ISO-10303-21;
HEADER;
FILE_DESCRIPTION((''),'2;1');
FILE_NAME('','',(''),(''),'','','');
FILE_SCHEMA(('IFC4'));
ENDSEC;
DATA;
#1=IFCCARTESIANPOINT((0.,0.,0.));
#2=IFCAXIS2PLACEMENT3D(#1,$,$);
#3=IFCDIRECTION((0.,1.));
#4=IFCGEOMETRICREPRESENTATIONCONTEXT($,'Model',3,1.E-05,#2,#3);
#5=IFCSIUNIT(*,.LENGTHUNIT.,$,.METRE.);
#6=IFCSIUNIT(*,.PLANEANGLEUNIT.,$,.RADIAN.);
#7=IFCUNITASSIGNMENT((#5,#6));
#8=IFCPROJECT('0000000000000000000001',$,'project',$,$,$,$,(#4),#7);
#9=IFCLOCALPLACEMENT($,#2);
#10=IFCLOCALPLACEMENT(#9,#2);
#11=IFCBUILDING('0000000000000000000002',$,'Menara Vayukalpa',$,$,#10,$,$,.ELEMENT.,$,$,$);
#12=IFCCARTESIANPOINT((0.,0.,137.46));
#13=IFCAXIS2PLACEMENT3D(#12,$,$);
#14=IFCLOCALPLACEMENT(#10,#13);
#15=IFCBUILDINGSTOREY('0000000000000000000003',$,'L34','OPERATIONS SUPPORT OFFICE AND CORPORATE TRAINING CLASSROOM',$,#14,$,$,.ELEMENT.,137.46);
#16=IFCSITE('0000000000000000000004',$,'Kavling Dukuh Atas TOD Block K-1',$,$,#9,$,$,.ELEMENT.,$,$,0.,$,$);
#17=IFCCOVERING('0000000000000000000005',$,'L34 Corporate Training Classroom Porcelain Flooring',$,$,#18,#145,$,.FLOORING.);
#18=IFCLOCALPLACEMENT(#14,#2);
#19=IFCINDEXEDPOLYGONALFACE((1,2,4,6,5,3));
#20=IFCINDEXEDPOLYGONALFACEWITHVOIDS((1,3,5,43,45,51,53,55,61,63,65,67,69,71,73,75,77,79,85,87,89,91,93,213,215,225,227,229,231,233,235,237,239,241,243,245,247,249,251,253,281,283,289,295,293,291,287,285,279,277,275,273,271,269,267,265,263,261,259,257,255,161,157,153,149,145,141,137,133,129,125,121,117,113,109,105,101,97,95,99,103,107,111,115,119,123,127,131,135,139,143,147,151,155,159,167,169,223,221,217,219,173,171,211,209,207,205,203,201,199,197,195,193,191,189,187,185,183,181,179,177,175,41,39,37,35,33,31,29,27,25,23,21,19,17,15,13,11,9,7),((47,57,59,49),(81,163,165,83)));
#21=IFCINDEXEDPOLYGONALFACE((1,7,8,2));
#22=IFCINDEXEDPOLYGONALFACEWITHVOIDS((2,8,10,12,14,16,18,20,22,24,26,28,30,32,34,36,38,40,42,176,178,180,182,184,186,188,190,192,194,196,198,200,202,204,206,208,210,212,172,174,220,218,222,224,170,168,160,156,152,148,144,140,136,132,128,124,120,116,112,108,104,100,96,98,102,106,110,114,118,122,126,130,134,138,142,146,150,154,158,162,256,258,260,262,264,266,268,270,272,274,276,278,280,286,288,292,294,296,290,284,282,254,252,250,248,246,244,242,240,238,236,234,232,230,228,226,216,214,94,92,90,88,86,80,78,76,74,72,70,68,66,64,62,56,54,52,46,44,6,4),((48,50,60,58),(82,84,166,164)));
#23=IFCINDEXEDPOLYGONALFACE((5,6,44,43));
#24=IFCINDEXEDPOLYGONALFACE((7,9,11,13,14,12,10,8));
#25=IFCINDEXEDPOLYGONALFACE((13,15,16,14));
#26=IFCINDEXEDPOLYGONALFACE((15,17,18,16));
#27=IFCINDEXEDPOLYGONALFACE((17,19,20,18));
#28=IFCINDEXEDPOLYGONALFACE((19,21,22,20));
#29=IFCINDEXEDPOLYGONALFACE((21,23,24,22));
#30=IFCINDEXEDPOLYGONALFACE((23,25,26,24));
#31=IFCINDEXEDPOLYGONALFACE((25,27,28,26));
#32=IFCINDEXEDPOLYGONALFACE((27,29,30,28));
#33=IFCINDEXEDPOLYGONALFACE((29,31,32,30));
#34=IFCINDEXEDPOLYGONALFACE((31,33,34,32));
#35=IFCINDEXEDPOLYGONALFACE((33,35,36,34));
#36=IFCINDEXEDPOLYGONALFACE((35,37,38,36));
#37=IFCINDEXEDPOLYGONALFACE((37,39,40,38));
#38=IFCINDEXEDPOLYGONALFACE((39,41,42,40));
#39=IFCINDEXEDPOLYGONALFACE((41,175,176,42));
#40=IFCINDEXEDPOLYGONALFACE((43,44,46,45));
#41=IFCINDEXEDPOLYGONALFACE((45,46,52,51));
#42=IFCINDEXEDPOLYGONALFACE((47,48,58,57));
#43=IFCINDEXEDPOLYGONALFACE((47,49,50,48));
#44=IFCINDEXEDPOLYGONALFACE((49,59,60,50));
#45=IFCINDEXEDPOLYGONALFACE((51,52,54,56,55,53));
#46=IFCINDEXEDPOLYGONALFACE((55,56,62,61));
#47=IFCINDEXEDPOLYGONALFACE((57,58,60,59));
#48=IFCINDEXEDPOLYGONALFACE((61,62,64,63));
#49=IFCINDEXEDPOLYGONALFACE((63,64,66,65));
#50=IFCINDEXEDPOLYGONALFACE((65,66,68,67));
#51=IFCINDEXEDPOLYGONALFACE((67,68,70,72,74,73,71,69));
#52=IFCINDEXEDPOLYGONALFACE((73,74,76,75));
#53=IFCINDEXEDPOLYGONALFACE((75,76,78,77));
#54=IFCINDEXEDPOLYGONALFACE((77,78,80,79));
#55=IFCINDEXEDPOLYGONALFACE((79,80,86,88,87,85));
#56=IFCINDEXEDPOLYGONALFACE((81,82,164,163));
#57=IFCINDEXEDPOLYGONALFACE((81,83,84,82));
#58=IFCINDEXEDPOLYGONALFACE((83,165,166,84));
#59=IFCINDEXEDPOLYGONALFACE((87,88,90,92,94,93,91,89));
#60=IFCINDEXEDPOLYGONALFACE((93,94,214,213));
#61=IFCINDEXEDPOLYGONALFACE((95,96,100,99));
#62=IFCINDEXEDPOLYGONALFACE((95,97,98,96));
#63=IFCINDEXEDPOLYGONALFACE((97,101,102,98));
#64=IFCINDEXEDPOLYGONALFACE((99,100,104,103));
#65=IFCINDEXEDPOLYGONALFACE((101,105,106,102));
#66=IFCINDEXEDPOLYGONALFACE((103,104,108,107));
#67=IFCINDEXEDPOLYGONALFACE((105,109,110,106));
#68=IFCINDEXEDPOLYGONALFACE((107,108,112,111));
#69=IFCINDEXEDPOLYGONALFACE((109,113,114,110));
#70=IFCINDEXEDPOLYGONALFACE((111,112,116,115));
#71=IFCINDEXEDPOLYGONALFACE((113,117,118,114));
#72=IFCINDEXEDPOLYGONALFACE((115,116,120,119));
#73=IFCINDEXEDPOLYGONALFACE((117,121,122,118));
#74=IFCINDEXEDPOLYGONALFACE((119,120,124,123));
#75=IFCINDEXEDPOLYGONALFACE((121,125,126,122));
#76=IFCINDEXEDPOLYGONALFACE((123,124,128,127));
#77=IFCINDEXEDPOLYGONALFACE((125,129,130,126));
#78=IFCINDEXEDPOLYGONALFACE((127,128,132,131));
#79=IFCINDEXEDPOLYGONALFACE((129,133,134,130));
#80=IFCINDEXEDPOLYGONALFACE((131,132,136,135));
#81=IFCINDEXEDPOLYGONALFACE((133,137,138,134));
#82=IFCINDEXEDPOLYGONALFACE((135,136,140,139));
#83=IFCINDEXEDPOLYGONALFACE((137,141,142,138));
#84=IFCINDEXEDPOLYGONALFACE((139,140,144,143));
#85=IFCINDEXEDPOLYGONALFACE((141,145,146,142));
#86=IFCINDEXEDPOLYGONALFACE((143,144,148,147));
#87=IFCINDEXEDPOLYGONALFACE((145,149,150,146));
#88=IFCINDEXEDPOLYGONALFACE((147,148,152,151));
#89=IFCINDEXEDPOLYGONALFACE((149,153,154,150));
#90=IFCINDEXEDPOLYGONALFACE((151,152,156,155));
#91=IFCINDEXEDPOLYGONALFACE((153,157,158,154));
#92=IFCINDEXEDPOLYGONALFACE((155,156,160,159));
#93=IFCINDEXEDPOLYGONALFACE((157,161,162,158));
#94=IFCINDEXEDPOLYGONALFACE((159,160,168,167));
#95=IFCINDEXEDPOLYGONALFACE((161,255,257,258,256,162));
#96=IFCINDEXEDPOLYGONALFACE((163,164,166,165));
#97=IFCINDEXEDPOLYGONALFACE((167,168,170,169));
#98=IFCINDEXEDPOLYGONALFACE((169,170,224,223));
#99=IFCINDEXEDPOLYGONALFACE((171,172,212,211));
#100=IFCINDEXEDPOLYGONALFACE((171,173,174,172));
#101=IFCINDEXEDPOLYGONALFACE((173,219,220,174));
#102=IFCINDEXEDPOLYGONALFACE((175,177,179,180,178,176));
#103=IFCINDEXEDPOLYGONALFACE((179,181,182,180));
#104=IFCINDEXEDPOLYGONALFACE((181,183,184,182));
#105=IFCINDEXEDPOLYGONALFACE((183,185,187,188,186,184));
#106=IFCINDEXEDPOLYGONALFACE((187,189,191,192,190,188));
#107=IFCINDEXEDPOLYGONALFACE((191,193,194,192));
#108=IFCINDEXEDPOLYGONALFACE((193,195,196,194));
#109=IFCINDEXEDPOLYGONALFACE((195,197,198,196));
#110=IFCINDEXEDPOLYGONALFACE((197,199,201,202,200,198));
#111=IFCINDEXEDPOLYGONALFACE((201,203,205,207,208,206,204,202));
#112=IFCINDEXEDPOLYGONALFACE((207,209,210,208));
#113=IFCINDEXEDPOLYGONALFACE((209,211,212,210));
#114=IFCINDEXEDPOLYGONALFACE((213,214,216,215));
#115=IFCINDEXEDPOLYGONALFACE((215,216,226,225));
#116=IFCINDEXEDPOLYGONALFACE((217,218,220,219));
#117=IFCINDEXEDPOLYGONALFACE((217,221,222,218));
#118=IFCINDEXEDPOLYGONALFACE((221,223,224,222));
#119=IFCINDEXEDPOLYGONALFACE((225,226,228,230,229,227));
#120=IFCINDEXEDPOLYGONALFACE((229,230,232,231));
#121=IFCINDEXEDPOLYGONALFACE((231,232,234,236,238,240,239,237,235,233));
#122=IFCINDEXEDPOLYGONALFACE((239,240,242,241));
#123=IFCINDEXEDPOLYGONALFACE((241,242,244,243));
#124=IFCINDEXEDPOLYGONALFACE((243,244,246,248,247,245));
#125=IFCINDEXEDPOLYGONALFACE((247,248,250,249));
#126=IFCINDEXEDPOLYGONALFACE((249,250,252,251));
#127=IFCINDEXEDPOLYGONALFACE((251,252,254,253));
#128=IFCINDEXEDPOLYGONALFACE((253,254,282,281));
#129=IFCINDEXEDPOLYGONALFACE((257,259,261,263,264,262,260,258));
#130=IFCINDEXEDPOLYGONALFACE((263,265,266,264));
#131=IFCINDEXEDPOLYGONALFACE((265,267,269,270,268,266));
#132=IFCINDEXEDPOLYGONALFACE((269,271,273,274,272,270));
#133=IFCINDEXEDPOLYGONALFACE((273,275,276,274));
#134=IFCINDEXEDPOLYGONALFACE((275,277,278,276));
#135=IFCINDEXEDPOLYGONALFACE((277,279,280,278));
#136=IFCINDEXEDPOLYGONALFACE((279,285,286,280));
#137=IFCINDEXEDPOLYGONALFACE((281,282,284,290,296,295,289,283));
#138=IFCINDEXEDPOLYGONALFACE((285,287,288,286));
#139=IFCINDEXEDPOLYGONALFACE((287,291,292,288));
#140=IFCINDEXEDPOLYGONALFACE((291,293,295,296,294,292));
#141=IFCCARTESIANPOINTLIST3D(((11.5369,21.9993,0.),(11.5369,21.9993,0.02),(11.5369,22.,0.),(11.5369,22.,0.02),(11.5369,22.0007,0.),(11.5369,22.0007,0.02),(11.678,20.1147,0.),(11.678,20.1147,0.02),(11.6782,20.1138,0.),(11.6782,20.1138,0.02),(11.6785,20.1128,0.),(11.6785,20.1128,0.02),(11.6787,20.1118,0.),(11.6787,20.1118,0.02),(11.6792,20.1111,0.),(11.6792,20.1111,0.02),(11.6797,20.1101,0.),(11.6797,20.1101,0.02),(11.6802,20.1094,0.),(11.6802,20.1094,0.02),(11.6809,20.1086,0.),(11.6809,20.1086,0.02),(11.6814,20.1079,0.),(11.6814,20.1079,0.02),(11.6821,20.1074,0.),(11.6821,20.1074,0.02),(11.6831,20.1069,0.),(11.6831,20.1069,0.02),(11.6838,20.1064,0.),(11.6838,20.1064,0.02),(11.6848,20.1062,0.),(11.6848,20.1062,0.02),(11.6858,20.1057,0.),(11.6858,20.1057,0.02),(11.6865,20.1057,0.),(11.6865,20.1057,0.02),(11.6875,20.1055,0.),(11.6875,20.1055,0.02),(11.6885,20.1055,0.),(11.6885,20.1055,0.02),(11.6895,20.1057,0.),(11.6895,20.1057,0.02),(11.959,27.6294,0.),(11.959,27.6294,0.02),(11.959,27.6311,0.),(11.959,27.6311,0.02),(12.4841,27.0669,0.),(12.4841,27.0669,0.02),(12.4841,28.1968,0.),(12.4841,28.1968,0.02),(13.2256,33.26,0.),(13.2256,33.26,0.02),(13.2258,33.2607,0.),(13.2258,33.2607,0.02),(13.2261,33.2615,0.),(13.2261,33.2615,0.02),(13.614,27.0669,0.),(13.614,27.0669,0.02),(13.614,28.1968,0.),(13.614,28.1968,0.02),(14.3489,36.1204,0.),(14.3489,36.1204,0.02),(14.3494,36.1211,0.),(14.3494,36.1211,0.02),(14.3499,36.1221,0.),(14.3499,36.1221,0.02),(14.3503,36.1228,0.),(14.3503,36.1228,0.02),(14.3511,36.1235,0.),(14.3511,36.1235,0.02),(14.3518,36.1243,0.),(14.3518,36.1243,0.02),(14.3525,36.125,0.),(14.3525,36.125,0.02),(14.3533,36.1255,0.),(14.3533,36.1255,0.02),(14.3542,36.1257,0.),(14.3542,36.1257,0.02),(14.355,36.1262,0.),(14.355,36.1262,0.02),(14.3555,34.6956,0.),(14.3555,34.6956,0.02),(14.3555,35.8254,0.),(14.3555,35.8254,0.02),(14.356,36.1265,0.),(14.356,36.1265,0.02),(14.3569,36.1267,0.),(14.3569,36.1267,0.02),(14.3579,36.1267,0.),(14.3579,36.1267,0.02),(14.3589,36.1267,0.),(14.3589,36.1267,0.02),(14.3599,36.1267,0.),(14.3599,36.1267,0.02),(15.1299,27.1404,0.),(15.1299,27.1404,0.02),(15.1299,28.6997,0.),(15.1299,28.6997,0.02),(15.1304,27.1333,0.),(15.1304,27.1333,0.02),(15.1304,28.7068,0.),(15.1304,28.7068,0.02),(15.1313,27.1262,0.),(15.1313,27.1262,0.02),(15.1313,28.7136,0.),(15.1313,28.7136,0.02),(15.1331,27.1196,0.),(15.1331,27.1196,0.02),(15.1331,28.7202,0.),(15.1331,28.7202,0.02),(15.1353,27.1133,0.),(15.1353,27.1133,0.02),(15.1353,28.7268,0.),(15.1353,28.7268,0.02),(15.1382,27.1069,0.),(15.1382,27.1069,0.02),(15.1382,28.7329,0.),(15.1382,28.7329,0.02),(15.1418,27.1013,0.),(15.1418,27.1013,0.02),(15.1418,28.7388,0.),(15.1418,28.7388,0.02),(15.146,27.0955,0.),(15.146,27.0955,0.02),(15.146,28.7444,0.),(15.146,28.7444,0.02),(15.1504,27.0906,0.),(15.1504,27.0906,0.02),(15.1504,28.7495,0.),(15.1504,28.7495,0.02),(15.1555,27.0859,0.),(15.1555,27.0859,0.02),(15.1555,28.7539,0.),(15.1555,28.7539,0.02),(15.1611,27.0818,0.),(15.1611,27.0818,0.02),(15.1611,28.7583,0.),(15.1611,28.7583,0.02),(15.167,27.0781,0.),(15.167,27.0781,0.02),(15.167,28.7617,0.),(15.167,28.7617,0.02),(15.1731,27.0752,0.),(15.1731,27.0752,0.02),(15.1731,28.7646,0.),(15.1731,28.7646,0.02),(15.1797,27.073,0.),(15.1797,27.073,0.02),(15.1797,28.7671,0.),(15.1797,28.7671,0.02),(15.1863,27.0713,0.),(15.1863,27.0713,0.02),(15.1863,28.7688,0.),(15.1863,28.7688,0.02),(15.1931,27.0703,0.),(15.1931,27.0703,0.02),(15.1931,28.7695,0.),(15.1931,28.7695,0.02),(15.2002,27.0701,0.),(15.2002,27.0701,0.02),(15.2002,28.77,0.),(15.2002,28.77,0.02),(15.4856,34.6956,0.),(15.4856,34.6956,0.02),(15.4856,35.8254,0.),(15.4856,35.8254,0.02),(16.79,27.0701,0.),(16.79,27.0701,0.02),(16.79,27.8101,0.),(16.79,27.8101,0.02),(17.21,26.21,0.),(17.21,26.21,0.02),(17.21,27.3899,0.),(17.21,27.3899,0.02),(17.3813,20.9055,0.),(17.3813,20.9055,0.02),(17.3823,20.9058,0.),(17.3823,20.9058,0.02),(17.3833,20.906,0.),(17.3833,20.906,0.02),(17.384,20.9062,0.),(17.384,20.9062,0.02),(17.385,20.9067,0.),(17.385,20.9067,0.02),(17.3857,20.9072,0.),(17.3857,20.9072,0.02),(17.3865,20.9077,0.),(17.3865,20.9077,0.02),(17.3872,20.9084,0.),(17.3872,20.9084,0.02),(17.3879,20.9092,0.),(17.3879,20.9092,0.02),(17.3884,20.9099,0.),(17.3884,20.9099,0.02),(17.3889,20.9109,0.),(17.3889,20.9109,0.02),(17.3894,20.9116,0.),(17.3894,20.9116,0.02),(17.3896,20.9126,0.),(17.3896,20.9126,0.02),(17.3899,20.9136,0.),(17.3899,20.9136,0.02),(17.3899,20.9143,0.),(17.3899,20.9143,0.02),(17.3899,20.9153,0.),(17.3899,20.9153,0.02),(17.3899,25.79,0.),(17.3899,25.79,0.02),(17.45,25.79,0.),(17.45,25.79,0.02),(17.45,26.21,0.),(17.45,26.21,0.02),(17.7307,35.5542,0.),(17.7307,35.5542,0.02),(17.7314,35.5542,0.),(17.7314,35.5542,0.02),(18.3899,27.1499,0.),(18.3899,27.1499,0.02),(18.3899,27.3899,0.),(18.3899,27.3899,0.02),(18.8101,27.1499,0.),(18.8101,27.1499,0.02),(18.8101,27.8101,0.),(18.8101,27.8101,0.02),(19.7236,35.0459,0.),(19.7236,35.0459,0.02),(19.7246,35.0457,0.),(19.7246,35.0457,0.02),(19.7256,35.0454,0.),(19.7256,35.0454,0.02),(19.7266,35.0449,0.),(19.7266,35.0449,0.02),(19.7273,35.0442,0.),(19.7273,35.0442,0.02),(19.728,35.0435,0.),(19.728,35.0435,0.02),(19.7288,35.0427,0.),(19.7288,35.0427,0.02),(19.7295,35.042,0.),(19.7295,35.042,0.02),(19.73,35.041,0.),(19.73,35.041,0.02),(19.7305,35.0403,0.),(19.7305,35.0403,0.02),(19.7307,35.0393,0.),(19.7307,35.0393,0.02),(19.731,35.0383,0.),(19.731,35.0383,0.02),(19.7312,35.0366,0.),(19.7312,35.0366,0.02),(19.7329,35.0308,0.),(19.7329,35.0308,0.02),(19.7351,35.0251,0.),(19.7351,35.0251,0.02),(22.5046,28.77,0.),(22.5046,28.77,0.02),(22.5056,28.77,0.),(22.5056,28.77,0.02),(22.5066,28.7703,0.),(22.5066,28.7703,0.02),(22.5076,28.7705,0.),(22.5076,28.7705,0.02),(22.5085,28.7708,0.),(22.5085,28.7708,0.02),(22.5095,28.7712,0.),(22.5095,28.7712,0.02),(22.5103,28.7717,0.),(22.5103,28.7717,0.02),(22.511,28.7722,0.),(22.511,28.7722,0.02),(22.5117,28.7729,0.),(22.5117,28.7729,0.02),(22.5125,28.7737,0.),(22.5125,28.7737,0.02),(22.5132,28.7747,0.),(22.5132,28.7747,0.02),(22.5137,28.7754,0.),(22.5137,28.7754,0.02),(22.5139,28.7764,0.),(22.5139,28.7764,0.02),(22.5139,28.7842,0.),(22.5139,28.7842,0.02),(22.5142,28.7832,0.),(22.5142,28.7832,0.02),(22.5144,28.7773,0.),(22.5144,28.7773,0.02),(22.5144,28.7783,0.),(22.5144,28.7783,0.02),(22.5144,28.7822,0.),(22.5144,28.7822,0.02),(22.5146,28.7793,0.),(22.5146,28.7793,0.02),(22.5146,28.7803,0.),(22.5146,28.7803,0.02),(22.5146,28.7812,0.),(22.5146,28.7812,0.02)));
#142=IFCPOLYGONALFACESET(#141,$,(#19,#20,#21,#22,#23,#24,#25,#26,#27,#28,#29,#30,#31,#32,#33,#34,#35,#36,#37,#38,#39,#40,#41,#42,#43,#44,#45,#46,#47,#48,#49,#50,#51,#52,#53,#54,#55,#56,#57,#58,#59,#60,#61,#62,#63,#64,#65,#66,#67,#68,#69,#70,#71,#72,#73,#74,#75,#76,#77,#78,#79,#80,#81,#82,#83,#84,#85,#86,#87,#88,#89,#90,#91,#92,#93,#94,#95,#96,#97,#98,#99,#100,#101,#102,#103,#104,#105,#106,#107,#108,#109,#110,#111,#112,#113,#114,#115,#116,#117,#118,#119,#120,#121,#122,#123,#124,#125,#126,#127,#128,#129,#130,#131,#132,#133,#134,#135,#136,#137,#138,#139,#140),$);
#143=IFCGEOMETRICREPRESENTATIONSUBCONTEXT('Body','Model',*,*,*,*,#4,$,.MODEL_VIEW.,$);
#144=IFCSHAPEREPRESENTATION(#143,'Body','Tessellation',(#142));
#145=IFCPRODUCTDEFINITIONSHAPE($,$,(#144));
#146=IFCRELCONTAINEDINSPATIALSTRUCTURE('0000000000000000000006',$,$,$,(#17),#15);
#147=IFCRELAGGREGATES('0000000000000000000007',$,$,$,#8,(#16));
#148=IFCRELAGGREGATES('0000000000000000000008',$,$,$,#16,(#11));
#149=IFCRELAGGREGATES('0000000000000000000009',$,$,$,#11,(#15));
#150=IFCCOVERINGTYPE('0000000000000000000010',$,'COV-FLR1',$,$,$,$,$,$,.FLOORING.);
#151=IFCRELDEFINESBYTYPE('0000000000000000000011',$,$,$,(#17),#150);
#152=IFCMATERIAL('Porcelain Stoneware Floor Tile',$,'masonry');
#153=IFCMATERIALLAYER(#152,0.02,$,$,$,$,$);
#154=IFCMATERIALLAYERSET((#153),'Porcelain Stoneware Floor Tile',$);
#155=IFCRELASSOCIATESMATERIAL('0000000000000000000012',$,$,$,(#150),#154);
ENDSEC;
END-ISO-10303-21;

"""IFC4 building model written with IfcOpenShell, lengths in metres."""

from ifc_helpers import new_model, si_unit, direction, frame, origin, place, context, subcontext, project, spatial, polyline, outline, extrude, material, layer, layer_set, type_object, element, save


model = new_model("IFC4")

# Units and contexts
model_context = context("Model", 3, precision=1e-05, world=origin(), true_north=direction((0.0, 1.0)))
body_context = subcontext(model_context, "Body", "Model", "MODEL_VIEW")
ifc_project = project(units=[si_unit("LENGTHUNIT", "METRE"), si_unit("PLANEANGLEUNIT", "RADIAN")], contexts=[model_context])

# Site, building, storey
site_placement = place(None, origin())
site = spatial("IfcSite", under=ifc_project, at=site_placement, Name="Kavling Dukuh Atas TOD Block K-1", CompositionType="ELEMENT", RefElevation=0.0)
building_placement = place(site_placement, origin())
building = spatial("IfcBuilding", under=site, at=building_placement, Name="Menara Vayukalpa", CompositionType="ELEMENT")
storey_placement = place(building_placement, frame((0.0, 0.0, 137.46)))
storey = spatial("IfcBuildingStorey", under=building, at=storey_placement, Name="L34", Description="OPERATIONS SUPPORT OFFICE AND CORPORATE TRAINING CLASSROOM", CompositionType="ELEMENT", Elevation=137.46)

# Covering
ifc_material_1 = material(Name="Porcelain Stoneware Floor Tile", Category="masonry")
ifc_layer_1 = layer(ifc_material_1, 0.02)
ifc_layer_set_1 = layer_set([ifc_layer_1], Name="Porcelain Stoneware Floor Tile")
covering_type_1 = type_object("IfcCoveringType", Name="COV-FLR1", PredefinedType="FLOORING", material=ifc_layer_set_1)
covering_1_placement = place(storey_placement, origin())
element("IfcCovering", 1, at=covering_1_placement, inside=storey, type_object=covering_type_1, Name="L34 Corporate Training Classroom Porcelain Flooring", PredefinedType="FLOORING", context=body_context, shape_type="SweptSolid", body=[
    extrude(outline(polyline([(18.8101, 27.1499), (18.3899, 27.1499), (18.3899, 27.3899), (17.21, 27.3899), (17.21, 26.21), (17.45, 26.21), (17.45, 25.79), (17.3899, 25.79), (17.3899, 20.9153), (17.3899, 20.9143), (17.3899, 20.9136), (17.3896, 20.9126), (17.3894, 20.9116), (17.3889, 20.9109), (17.3884, 20.9099), (17.3879, 20.9092), (17.3872, 20.9084), (17.3865, 20.9077), (17.3857, 20.9072), (17.385, 20.9067), (17.384, 20.9062), (17.3833, 20.906), (17.3823, 20.9058), (17.3813, 20.9055), (11.6895, 20.1057), (11.6885, 20.1055), (11.6875, 20.1055), (11.6865, 20.1057), (11.6858, 20.1057), (11.6848, 20.1062), (11.6838, 20.1064), (11.6831, 20.1069), (11.6821, 20.1074), (11.6814, 20.1079), (11.6809, 20.1086), (11.6802, 20.1094), (11.6797, 20.1101), (11.6792, 20.1111), (11.6787, 20.1118), (11.6785, 20.1128), (11.6782, 20.1138), (11.678, 20.1147), (11.5369, 21.9993), (11.5369, 22.0), (11.5369, 22.0007), (11.959, 27.6294), (11.959, 27.6311), (13.2256, 33.26), (13.2258, 33.2607), (13.2261, 33.2615), (14.3489, 36.1204), (14.3494, 36.1211), (14.3499, 36.1221), (14.3503, 36.1228), (14.3511, 36.1235), (14.3518, 36.1243), (14.3525, 36.125), (14.3533, 36.1255), (14.3542, 36.1257), (14.355, 36.1262), (14.356, 36.1265), (14.3569, 36.1267), (14.3579, 36.1267), (14.3589, 36.1267), (14.3599, 36.1267), (17.7307, 35.5542), (17.7314, 35.5542), (19.7236, 35.0459), (19.7246, 35.0457), (19.7256, 35.0454), (19.7266, 35.0449), (19.7273, 35.0442), (19.728, 35.0435), (19.7288, 35.0427), (19.7295, 35.042), (19.73, 35.041), (19.7305, 35.0403), (19.7307, 35.0393), (19.731, 35.0383), (19.7312, 35.0366), (19.7329, 35.0308), (19.7351, 35.0251), (22.5139, 28.7842), (22.5142, 28.7832), (22.5144, 28.7822), (22.5146, 28.7812), (22.5146, 28.7803), (22.5146, 28.7793), (22.5144, 28.7783), (22.5144, 28.7773), (22.5139, 28.7764), (22.5137, 28.7754), (22.5132, 28.7747), (22.5125, 28.7737), (22.5117, 28.7729), (22.511, 28.7722), (22.5103, 28.7717), (22.5095, 28.7712), (22.5085, 28.7708), (22.5076, 28.7705), (22.5066, 28.7703), (22.5056, 28.77), (22.5046, 28.77), (15.2002, 28.77), (15.1931, 28.7695), (15.1863, 28.7688), (15.1797, 28.7671), (15.1731, 28.7646), (15.167, 28.7617), (15.1611, 28.7583), (15.1555, 28.7539), (15.1504, 28.7495), (15.146, 28.7444), (15.1418, 28.7388), (15.1382, 28.7329), (15.1353, 28.7268), (15.1331, 28.7202), (15.1313, 28.7136), (15.1304, 28.7068), (15.1299, 28.6997), (15.1299, 27.1404), (15.1304, 27.1333), (15.1313, 27.1262), (15.1331, 27.1196), (15.1353, 27.1133), (15.1382, 27.1069), (15.1418, 27.1013), (15.146, 27.0955), (15.1504, 27.0906), (15.1555, 27.0859), (15.1611, 27.0818), (15.167, 27.0781), (15.1731, 27.0752), (15.1797, 27.073), (15.1863, 27.0713), (15.1931, 27.0703), (15.2002, 27.0701), (16.79, 27.0701), (16.79, 27.8101), (18.8101, 27.8101), (18.8101, 27.1499)]), holes=[polyline([(13.614, 28.1968), (12.4841, 28.1968), (12.4841, 27.0669), (13.614, 27.0669), (13.614, 28.1968)]), polyline([(15.4856, 35.8254), (14.3555, 35.8254), (14.3555, 34.6956), (15.4856, 34.6956), (15.4856, 35.8254)])]), origin(), (0.0, 0.0, 1.0), 0.02),
])

save(model, "model.ifc")
